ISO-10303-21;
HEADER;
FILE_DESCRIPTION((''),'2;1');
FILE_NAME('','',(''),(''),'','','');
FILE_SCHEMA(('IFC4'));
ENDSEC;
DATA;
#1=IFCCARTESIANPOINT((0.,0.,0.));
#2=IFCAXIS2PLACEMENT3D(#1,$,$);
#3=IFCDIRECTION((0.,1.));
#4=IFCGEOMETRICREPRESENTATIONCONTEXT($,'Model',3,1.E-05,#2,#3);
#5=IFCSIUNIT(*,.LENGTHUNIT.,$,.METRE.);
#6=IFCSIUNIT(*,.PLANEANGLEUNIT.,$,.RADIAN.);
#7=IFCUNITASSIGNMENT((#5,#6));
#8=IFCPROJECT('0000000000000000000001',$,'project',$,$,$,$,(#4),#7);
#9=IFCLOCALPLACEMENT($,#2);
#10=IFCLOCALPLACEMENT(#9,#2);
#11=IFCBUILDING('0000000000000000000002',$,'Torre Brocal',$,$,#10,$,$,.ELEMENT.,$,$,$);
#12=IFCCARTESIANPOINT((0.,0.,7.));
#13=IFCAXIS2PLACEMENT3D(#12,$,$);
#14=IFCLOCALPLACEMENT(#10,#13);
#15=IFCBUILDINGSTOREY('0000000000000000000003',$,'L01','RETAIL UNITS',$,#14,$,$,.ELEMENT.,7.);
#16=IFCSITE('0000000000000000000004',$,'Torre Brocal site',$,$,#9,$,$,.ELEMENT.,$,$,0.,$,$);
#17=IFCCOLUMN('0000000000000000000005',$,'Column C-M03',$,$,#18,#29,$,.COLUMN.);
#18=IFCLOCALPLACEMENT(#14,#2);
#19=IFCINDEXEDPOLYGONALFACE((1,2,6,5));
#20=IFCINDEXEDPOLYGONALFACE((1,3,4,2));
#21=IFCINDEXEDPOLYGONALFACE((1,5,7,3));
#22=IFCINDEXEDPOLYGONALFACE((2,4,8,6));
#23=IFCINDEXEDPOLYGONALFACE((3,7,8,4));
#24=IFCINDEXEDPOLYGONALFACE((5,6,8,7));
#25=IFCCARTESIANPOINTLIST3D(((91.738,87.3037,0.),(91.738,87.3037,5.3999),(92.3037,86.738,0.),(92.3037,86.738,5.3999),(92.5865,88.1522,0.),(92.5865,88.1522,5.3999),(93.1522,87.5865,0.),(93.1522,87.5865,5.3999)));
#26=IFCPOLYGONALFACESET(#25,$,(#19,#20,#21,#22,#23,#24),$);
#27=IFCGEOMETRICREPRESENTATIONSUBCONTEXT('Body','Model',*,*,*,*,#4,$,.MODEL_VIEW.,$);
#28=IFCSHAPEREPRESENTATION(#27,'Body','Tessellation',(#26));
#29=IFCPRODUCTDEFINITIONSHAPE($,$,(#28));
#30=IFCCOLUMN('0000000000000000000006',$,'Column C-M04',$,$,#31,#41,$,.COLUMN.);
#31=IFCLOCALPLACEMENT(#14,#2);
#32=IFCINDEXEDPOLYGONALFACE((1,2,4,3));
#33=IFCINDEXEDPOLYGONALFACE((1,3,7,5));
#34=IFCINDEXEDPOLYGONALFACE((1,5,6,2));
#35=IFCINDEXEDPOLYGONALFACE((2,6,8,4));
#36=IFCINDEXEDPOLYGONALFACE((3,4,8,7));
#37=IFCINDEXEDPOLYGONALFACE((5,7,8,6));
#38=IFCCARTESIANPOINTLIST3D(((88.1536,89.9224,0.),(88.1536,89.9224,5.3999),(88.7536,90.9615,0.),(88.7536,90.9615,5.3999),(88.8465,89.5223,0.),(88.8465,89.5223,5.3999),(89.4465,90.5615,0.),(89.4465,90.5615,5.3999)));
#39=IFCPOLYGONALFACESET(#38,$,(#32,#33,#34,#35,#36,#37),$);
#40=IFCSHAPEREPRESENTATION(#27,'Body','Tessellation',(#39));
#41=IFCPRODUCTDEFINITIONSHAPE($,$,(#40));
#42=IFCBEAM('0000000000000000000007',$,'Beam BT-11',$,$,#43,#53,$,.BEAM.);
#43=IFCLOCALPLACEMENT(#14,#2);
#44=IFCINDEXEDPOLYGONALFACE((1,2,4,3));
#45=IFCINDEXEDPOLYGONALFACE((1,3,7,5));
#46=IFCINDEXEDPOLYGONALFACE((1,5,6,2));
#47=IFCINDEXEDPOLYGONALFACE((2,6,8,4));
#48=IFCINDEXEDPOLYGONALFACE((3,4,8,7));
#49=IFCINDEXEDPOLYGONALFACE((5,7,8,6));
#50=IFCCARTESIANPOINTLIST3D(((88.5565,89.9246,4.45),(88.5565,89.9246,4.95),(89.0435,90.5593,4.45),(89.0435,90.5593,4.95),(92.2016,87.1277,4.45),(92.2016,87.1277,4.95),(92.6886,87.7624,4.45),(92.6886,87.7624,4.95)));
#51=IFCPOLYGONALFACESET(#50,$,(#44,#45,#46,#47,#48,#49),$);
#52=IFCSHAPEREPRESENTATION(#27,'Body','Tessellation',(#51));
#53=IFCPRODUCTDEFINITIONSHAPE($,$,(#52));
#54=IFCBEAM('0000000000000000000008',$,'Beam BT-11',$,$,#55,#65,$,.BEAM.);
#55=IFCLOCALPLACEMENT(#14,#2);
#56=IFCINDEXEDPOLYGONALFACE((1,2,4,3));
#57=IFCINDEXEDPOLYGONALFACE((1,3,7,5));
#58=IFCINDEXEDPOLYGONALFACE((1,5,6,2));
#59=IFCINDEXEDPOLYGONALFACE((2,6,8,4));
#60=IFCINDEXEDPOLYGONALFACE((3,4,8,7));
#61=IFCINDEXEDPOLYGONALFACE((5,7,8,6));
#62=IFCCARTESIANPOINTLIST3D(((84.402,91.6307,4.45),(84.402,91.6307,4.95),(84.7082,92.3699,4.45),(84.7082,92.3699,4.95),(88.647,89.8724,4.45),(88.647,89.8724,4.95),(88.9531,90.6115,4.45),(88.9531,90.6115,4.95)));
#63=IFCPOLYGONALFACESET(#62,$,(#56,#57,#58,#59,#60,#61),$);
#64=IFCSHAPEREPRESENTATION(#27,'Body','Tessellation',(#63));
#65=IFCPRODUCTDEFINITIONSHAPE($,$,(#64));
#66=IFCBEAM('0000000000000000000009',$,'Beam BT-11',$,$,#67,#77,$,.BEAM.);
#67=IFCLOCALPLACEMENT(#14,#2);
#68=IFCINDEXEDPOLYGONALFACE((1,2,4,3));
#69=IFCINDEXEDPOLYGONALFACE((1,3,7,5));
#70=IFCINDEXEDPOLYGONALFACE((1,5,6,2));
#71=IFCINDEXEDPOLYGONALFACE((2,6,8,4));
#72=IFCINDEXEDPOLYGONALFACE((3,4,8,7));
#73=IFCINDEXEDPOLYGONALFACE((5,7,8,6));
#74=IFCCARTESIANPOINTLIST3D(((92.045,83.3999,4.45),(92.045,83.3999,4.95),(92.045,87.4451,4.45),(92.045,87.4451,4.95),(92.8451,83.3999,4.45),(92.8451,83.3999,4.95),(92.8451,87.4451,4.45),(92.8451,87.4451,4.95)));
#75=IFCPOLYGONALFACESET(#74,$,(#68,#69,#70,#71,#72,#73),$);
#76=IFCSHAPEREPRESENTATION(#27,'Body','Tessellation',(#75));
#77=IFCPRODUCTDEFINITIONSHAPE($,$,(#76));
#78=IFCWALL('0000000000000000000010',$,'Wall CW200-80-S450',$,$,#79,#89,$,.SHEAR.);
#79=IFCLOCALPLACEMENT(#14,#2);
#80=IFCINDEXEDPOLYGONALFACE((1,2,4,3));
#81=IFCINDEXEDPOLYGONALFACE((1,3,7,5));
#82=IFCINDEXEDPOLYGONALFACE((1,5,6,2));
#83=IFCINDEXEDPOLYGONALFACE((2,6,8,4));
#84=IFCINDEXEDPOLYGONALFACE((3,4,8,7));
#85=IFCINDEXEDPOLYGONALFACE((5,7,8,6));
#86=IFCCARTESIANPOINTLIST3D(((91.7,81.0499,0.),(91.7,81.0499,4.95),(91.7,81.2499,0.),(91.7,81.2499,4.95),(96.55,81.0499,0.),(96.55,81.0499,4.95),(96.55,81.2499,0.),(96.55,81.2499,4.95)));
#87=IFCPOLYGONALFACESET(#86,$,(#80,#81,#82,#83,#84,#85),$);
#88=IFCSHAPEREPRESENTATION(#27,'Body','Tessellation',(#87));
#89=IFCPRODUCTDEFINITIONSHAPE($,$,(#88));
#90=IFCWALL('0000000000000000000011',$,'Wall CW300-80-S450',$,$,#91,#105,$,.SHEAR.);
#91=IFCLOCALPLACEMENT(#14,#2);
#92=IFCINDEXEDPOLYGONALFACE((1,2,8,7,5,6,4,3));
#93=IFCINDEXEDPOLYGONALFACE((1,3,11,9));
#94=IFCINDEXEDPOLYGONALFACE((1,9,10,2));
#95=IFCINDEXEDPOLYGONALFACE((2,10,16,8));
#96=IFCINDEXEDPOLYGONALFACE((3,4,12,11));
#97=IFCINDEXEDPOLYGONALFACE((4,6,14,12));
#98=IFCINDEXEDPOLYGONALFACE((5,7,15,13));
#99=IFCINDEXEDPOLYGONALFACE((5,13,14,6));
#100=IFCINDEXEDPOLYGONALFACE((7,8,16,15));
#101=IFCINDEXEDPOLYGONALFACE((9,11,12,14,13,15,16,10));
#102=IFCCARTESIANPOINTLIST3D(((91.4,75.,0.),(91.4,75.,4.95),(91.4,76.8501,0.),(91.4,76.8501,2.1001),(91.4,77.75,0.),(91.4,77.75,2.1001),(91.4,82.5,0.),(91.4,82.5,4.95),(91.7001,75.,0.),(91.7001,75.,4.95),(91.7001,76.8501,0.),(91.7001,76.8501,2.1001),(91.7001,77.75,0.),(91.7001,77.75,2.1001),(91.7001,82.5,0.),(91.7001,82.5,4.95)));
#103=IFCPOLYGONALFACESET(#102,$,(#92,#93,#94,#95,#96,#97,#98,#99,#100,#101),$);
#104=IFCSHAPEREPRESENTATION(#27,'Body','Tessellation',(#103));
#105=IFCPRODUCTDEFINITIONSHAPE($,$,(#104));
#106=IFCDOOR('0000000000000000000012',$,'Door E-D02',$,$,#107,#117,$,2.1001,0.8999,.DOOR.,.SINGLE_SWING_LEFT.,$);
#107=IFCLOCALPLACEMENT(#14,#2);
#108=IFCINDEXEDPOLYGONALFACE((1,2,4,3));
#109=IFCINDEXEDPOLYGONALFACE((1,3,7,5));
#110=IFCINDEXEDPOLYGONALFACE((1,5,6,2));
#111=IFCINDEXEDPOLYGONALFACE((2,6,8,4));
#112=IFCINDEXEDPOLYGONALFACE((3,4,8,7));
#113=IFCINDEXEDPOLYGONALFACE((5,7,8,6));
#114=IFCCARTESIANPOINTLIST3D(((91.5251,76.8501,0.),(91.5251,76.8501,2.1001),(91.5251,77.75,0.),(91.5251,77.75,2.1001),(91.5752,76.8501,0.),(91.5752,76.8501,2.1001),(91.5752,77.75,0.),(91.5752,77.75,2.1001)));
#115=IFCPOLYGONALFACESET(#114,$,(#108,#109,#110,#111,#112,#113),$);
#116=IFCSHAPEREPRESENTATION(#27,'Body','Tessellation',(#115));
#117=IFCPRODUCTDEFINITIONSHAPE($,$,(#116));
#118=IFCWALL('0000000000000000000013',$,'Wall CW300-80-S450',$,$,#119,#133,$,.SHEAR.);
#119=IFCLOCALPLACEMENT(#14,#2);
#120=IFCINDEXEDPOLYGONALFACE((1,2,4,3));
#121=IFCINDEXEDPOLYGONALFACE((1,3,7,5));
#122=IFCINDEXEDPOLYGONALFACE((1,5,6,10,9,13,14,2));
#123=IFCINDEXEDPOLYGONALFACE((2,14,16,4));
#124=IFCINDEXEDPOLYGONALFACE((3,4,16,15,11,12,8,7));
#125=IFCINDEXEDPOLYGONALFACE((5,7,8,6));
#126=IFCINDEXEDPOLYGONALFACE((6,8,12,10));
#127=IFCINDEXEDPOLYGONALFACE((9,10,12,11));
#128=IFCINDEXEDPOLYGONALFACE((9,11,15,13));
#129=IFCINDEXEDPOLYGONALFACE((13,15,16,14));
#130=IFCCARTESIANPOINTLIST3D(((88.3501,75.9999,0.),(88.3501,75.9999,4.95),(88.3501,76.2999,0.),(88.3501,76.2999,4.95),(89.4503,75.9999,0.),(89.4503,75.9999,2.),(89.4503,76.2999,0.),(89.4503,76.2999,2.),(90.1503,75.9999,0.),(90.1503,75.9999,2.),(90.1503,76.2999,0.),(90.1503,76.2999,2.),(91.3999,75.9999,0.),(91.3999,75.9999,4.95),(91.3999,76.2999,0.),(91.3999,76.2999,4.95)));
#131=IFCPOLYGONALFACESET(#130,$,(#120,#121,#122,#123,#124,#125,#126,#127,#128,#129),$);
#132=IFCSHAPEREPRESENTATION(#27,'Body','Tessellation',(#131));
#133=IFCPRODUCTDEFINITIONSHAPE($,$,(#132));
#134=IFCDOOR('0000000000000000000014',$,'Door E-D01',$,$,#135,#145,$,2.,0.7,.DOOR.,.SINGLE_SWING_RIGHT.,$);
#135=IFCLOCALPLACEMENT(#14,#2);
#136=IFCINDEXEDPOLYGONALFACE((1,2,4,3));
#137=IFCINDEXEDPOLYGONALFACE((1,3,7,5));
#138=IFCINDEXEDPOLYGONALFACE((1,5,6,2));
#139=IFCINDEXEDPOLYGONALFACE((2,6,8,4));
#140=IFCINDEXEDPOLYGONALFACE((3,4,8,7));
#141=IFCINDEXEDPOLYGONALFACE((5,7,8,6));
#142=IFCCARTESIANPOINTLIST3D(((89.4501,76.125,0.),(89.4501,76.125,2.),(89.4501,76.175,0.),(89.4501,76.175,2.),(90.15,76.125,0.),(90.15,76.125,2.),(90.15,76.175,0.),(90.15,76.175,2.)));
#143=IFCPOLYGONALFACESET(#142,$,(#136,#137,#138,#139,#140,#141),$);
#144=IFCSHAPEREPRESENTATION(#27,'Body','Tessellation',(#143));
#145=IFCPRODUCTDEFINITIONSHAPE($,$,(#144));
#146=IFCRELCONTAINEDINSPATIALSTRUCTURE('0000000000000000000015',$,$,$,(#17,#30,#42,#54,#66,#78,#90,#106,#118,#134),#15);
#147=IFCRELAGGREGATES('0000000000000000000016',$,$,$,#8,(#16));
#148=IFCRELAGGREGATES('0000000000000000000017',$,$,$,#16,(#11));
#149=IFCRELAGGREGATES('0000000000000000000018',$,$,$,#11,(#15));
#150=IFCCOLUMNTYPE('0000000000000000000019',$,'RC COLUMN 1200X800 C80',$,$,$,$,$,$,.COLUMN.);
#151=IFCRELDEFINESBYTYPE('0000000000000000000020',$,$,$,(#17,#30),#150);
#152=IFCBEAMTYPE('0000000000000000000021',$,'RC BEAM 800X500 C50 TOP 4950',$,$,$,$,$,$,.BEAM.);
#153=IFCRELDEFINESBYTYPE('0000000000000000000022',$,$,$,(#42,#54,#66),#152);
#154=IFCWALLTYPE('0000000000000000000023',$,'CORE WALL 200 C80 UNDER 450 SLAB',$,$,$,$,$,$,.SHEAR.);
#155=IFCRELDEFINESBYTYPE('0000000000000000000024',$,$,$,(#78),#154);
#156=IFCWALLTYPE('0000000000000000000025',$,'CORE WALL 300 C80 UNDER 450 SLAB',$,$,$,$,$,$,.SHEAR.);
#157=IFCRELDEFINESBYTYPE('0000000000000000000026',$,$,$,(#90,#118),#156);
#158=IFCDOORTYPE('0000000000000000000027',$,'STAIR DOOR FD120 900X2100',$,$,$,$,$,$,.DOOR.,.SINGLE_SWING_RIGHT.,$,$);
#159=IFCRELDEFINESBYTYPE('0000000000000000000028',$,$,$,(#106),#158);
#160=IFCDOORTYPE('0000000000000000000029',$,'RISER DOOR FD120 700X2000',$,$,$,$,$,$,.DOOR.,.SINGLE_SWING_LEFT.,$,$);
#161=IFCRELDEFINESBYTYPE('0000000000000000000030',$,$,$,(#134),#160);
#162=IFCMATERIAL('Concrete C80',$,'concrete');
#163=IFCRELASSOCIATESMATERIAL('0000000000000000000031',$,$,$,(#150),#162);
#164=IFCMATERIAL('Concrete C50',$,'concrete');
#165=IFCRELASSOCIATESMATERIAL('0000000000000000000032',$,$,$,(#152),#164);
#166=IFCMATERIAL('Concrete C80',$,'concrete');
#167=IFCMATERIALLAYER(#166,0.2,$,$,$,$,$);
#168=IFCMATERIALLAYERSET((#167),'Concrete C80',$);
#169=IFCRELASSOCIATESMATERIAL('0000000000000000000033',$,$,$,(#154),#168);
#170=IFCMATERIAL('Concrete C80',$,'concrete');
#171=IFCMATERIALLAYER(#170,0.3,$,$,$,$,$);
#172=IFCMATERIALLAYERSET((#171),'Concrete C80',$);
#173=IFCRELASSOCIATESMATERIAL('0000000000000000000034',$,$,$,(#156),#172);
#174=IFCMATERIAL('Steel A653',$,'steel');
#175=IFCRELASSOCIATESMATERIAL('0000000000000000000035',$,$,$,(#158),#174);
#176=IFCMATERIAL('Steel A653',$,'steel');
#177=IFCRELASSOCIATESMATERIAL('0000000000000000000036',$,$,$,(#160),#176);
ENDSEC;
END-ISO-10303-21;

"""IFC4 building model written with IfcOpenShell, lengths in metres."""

from ifc_helpers import new_model, si_unit, direction, frame, frame_2d, origin, origin_2d, place, context, subcontext, project, spatial, rectangle, extrude, material, layer, layer_set, material_profile, profile_set, type_object, element, fill, save


model = new_model("IFC4")

# Units and contexts
model_context = context("Model", 3, precision=1e-05, world=origin(), true_north=direction((0.0, 1.0)))
body_context = subcontext(model_context, "Body", "Model", "MODEL_VIEW")
ifc_project = project(units=[si_unit("LENGTHUNIT", "METRE"), si_unit("PLANEANGLEUNIT", "RADIAN")], contexts=[model_context])

# Site, building, storey
site_placement = place(None, origin())
site = spatial("IfcSite", under=ifc_project, at=site_placement, Name="Torre Brocal site", CompositionType="ELEMENT", RefElevation=0.0)
building_placement = place(site_placement, origin())
building = spatial("IfcBuilding", under=site, at=building_placement, Name="Torre Brocal", CompositionType="ELEMENT")
storey_placement = place(building_placement, frame((0.0, 0.0, 7.0)))
storey = spatial("IfcBuildingStorey", under=building, at=storey_placement, Name="L01", Description="RETAIL UNITS", CompositionType="ELEMENT", Elevation=7.0)

# Columns
ifc_material_1 = material(Name="Concrete C80", Category="concrete")
ifc_material_profile_1 = material_profile(ifc_material_1, rectangle(XDim=1.2, YDim=0.8, at=origin_2d()), Name="RC 1200X800")
ifc_profile_set_1 = profile_set([ifc_material_profile_1], Name="Concrete C80")
column_type = type_object("IfcColumnType", Name="RC COLUMN 1200X800 C80", PredefinedType="COLUMN", material=ifc_profile_set_1)
for number, where, z_axis, x_axis, name in (
    (1, (92.4451, 87.4451, 0.0), (0.0, 0.0, 1.0), (0.707107, 0.707107, 0.0), "Column C-M03"),
    (2, (88.8, 90.2419, 0.0), (0.0, 0.0, 1.0), (0.5, 0.866025, 0.0), "Column C-M04"),
):
    element("IfcColumn", number, at=place(storey_placement, frame(where, z_axis=z_axis, x_axis=x_axis)), inside=storey, type_object=column_type, Name=name, PredefinedType="COLUMN", context=body_context, shape_type="SweptSolid", body=[
        extrude(rectangle(XDim=1.2, YDim=0.8, at=origin_2d()), origin(), (0.0, 0.0, 1.0), 5.3999),
    ])

# Beams
ifc_material_2 = material(Name="Concrete C50", Category="concrete")
ifc_material_profile_2 = material_profile(ifc_material_2, rectangle(XDim=0.8, YDim=0.5, at=origin_2d()), Name="RC 800X500")
ifc_profile_set_2 = profile_set([ifc_material_profile_2], Name="Concrete C50")
beam_type = type_object("IfcBeamType", Name="RC BEAM 800X500 C50 TOP 4950", PredefinedType="BEAM", material=ifc_profile_set_2)
beam_1_placement = place(storey_placement, frame((92.4451, 87.4451, 4.7), z_axis=(-0.793358, 0.608755, 0.0), x_axis=(-0.608755, -0.793358, 0.0)))
element("IfcBeam", 3, at=beam_1_placement, inside=storey, type_object=beam_type, Name="Beam BT-11", PredefinedType="BEAM", context=body_context, shape_type="SweptSolid", body=[
    extrude(rectangle(XDim=0.8, YDim=0.5, at=origin_2d()), origin(), (0.0, 0.0, 1.0), 4.5945),
])
beam_2_placement = place(storey_placement, frame((88.8, 90.2419, 4.7), z_axis=(-0.923878, 0.382687, 0.0), x_axis=(-0.382687, -0.923878, 0.0)))
element("IfcBeam", 4, at=beam_2_placement, inside=storey, type_object=beam_type, Name="Beam BT-11", PredefinedType="BEAM", context=body_context, shape_type="SweptSolid", body=[
    extrude(rectangle(XDim=0.8, YDim=0.5, at=origin_2d()), origin(), (0.0, 0.0, 1.0), 4.5947),
])
beam_3_placement = place(storey_placement, frame((92.4451, 87.4451, 4.7), z_axis=(0.0, -1.0, 0.0), x_axis=(1.0, 0.0, 0.0)))
element("IfcBeam", 5, at=beam_3_placement, inside=storey, type_object=beam_type, Name="Beam BT-11", PredefinedType="BEAM", context=body_context, shape_type="SweptSolid", body=[
    extrude(rectangle(XDim=0.8, YDim=0.5, at=origin_2d()), origin(), (0.0, 0.0, 1.0), 4.0452),
])

# Wall
ifc_material_3 = material(Name="Concrete C80", Category="concrete")
ifc_layer_1 = layer(ifc_material_3, 0.2)
ifc_layer_set_1 = layer_set([ifc_layer_1], Name="Concrete C80")
wall_type_1 = type_object("IfcWallType", Name="CORE WALL 200 C80 UNDER 450 SLAB", PredefinedType="SHEAR", material=ifc_layer_set_1)
wall_1_placement = place(storey_placement, frame((91.7, 81.1499, 0.0), z_axis=(0.0, 0.0, 1.0), x_axis=(1.0, 0.0, 0.0)))
element("IfcWall", 6, at=wall_1_placement, inside=storey, type_object=wall_type_1, Name="Wall CW200-80-S450", PredefinedType="SHEAR", context=body_context, shape_type="SweptSolid", body=[
    extrude(rectangle(XDim=4.8501, YDim=0.2, at=frame_2d((2.425, 0.0))), origin(), (0.0, 0.0, 1.0), 4.95),
])

# Walls, openings, doors
ifc_material_4 = material(Name="Concrete C80", Category="concrete")
ifc_layer_2 = layer(ifc_material_4, 0.3)
ifc_layer_set_2 = layer_set([ifc_layer_2], Name="Concrete C80")
wall_type_2 = type_object("IfcWallType", Name="CORE WALL 300 C80 UNDER 450 SLAB", PredefinedType="SHEAR", material=ifc_layer_set_2)
wall_2_placement = place(storey_placement, frame((91.55, 75.0, 0.0), z_axis=(0.0, 0.0, 1.0), x_axis=(0.0, 1.0, 0.0)))
wall_2 = element("IfcWall", 7, at=wall_2_placement, inside=storey, type_object=wall_type_2, Name="Wall CW300-80-S450", PredefinedType="SHEAR", context=body_context, shape_type="SweptSolid", body=[
    extrude(rectangle(XDim=7.5, YDim=0.3, at=frame_2d((3.75, 0.0))), origin(), (0.0, 0.0, 1.0), 4.95),
])
opening_1_placement = place(wall_2_placement, frame((1.8501, 0.0, 0.0)))
opening_1 = element("IfcOpeningElement", 8, at=opening_1_placement, cuts=wall_2, PredefinedType="OPENING", context=body_context, shape_type="SweptSolid", body=[
    extrude(rectangle(XDim=0.8999, YDim=2.1001, at=frame_2d((0.45, 1.05))), frame((0.0, 0.1599, 0.0), z_axis=(0.0, -1.0, 0.0), x_axis=(1.0, 0.0, 0.0)), (0.0, 0.0, 1.0), 0.3201),
])
ifc_material_5 = material(Name="Steel A653", Category="steel")
door_type_1 = type_object("IfcDoorType", Name="STAIR DOOR FD120 900X2100", OperationType="SINGLE_SWING_RIGHT", PredefinedType="DOOR", material=ifc_material_5)
door_1_placement = place(opening_1_placement, origin())
door_1 = element("IfcDoor", 9, at=door_1_placement, inside=storey, type_object=door_type_1, Name="Door E-D02", OperationType="SINGLE_SWING_LEFT", OverallHeight=2.1001, OverallWidth=0.8999, PredefinedType="DOOR", context=body_context, shape_type="SweptSolid", body=[
    extrude(rectangle(XDim=0.8999, YDim=2.1001, at=frame_2d((0.45, 1.05))), frame((0.0, 0.0249, 0.0), z_axis=(0.0, -1.0, 0.0), x_axis=(1.0, 0.0, 0.0)), (0.0, 0.0, 1.0), 0.05),
])
fill(opening_1, door_1)
wall_3_placement = place(storey_placement, frame((88.3501, 76.1499, 0.0), z_axis=(0.0, 0.0, 1.0), x_axis=(1.0, 0.0, 0.0)))
wall_3 = element("IfcWall", 10, at=wall_3_placement, inside=storey, type_object=wall_type_2, Name="Wall CW300-80-S450", PredefinedType="SHEAR", context=body_context, shape_type="SweptSolid", body=[
    extrude(rectangle(XDim=3.0498, YDim=0.3, at=frame_2d((1.5249, 0.0))), origin(), (0.0, 0.0, 1.0), 4.95),
])
opening_2_placement = place(wall_3_placement, frame((1.1001, 0.0, 0.0)))
opening_2 = element("IfcOpeningElement", 11, at=opening_2_placement, cuts=wall_3, PredefinedType="OPENING", context=body_context, shape_type="SweptSolid", body=[
    extrude(rectangle(XDim=0.7, YDim=2.0, at=frame_2d((0.3501, 1.0))), frame((0.0, 0.1599, 0.0), z_axis=(0.0, -1.0, 0.0), x_axis=(1.0, 0.0, 0.0)), (0.0, 0.0, 1.0), 0.3201),
])
ifc_material_6 = material(Name="Steel A653", Category="steel")
door_type_2 = type_object("IfcDoorType", Name="RISER DOOR FD120 700X2000", OperationType="SINGLE_SWING_LEFT", PredefinedType="DOOR", material=ifc_material_6)
door_2_placement = place(opening_2_placement, frame((0.7, 0.0, 0.0), z_axis=(0.0, 0.0, 1.0), x_axis=(-1.0, 0.0, 0.0)))
door_2 = element("IfcDoor", 12, at=door_2_placement, inside=storey, type_object=door_type_2, Name="Door E-D01", OperationType="SINGLE_SWING_RIGHT", OverallHeight=2.0, OverallWidth=0.7, PredefinedType="DOOR", context=body_context, shape_type="SweptSolid", body=[
    extrude(rectangle(XDim=0.7, YDim=2.0, at=frame_2d((0.3501, 1.0))), frame((0.0, 0.0249, 0.0), z_axis=(0.0, -1.0, 0.0), x_axis=(1.0, 0.0, 0.0)), (0.0, 0.0, 1.0), 0.05),
])
fill(opening_2, door_2)

save(model, "model.ifc")
